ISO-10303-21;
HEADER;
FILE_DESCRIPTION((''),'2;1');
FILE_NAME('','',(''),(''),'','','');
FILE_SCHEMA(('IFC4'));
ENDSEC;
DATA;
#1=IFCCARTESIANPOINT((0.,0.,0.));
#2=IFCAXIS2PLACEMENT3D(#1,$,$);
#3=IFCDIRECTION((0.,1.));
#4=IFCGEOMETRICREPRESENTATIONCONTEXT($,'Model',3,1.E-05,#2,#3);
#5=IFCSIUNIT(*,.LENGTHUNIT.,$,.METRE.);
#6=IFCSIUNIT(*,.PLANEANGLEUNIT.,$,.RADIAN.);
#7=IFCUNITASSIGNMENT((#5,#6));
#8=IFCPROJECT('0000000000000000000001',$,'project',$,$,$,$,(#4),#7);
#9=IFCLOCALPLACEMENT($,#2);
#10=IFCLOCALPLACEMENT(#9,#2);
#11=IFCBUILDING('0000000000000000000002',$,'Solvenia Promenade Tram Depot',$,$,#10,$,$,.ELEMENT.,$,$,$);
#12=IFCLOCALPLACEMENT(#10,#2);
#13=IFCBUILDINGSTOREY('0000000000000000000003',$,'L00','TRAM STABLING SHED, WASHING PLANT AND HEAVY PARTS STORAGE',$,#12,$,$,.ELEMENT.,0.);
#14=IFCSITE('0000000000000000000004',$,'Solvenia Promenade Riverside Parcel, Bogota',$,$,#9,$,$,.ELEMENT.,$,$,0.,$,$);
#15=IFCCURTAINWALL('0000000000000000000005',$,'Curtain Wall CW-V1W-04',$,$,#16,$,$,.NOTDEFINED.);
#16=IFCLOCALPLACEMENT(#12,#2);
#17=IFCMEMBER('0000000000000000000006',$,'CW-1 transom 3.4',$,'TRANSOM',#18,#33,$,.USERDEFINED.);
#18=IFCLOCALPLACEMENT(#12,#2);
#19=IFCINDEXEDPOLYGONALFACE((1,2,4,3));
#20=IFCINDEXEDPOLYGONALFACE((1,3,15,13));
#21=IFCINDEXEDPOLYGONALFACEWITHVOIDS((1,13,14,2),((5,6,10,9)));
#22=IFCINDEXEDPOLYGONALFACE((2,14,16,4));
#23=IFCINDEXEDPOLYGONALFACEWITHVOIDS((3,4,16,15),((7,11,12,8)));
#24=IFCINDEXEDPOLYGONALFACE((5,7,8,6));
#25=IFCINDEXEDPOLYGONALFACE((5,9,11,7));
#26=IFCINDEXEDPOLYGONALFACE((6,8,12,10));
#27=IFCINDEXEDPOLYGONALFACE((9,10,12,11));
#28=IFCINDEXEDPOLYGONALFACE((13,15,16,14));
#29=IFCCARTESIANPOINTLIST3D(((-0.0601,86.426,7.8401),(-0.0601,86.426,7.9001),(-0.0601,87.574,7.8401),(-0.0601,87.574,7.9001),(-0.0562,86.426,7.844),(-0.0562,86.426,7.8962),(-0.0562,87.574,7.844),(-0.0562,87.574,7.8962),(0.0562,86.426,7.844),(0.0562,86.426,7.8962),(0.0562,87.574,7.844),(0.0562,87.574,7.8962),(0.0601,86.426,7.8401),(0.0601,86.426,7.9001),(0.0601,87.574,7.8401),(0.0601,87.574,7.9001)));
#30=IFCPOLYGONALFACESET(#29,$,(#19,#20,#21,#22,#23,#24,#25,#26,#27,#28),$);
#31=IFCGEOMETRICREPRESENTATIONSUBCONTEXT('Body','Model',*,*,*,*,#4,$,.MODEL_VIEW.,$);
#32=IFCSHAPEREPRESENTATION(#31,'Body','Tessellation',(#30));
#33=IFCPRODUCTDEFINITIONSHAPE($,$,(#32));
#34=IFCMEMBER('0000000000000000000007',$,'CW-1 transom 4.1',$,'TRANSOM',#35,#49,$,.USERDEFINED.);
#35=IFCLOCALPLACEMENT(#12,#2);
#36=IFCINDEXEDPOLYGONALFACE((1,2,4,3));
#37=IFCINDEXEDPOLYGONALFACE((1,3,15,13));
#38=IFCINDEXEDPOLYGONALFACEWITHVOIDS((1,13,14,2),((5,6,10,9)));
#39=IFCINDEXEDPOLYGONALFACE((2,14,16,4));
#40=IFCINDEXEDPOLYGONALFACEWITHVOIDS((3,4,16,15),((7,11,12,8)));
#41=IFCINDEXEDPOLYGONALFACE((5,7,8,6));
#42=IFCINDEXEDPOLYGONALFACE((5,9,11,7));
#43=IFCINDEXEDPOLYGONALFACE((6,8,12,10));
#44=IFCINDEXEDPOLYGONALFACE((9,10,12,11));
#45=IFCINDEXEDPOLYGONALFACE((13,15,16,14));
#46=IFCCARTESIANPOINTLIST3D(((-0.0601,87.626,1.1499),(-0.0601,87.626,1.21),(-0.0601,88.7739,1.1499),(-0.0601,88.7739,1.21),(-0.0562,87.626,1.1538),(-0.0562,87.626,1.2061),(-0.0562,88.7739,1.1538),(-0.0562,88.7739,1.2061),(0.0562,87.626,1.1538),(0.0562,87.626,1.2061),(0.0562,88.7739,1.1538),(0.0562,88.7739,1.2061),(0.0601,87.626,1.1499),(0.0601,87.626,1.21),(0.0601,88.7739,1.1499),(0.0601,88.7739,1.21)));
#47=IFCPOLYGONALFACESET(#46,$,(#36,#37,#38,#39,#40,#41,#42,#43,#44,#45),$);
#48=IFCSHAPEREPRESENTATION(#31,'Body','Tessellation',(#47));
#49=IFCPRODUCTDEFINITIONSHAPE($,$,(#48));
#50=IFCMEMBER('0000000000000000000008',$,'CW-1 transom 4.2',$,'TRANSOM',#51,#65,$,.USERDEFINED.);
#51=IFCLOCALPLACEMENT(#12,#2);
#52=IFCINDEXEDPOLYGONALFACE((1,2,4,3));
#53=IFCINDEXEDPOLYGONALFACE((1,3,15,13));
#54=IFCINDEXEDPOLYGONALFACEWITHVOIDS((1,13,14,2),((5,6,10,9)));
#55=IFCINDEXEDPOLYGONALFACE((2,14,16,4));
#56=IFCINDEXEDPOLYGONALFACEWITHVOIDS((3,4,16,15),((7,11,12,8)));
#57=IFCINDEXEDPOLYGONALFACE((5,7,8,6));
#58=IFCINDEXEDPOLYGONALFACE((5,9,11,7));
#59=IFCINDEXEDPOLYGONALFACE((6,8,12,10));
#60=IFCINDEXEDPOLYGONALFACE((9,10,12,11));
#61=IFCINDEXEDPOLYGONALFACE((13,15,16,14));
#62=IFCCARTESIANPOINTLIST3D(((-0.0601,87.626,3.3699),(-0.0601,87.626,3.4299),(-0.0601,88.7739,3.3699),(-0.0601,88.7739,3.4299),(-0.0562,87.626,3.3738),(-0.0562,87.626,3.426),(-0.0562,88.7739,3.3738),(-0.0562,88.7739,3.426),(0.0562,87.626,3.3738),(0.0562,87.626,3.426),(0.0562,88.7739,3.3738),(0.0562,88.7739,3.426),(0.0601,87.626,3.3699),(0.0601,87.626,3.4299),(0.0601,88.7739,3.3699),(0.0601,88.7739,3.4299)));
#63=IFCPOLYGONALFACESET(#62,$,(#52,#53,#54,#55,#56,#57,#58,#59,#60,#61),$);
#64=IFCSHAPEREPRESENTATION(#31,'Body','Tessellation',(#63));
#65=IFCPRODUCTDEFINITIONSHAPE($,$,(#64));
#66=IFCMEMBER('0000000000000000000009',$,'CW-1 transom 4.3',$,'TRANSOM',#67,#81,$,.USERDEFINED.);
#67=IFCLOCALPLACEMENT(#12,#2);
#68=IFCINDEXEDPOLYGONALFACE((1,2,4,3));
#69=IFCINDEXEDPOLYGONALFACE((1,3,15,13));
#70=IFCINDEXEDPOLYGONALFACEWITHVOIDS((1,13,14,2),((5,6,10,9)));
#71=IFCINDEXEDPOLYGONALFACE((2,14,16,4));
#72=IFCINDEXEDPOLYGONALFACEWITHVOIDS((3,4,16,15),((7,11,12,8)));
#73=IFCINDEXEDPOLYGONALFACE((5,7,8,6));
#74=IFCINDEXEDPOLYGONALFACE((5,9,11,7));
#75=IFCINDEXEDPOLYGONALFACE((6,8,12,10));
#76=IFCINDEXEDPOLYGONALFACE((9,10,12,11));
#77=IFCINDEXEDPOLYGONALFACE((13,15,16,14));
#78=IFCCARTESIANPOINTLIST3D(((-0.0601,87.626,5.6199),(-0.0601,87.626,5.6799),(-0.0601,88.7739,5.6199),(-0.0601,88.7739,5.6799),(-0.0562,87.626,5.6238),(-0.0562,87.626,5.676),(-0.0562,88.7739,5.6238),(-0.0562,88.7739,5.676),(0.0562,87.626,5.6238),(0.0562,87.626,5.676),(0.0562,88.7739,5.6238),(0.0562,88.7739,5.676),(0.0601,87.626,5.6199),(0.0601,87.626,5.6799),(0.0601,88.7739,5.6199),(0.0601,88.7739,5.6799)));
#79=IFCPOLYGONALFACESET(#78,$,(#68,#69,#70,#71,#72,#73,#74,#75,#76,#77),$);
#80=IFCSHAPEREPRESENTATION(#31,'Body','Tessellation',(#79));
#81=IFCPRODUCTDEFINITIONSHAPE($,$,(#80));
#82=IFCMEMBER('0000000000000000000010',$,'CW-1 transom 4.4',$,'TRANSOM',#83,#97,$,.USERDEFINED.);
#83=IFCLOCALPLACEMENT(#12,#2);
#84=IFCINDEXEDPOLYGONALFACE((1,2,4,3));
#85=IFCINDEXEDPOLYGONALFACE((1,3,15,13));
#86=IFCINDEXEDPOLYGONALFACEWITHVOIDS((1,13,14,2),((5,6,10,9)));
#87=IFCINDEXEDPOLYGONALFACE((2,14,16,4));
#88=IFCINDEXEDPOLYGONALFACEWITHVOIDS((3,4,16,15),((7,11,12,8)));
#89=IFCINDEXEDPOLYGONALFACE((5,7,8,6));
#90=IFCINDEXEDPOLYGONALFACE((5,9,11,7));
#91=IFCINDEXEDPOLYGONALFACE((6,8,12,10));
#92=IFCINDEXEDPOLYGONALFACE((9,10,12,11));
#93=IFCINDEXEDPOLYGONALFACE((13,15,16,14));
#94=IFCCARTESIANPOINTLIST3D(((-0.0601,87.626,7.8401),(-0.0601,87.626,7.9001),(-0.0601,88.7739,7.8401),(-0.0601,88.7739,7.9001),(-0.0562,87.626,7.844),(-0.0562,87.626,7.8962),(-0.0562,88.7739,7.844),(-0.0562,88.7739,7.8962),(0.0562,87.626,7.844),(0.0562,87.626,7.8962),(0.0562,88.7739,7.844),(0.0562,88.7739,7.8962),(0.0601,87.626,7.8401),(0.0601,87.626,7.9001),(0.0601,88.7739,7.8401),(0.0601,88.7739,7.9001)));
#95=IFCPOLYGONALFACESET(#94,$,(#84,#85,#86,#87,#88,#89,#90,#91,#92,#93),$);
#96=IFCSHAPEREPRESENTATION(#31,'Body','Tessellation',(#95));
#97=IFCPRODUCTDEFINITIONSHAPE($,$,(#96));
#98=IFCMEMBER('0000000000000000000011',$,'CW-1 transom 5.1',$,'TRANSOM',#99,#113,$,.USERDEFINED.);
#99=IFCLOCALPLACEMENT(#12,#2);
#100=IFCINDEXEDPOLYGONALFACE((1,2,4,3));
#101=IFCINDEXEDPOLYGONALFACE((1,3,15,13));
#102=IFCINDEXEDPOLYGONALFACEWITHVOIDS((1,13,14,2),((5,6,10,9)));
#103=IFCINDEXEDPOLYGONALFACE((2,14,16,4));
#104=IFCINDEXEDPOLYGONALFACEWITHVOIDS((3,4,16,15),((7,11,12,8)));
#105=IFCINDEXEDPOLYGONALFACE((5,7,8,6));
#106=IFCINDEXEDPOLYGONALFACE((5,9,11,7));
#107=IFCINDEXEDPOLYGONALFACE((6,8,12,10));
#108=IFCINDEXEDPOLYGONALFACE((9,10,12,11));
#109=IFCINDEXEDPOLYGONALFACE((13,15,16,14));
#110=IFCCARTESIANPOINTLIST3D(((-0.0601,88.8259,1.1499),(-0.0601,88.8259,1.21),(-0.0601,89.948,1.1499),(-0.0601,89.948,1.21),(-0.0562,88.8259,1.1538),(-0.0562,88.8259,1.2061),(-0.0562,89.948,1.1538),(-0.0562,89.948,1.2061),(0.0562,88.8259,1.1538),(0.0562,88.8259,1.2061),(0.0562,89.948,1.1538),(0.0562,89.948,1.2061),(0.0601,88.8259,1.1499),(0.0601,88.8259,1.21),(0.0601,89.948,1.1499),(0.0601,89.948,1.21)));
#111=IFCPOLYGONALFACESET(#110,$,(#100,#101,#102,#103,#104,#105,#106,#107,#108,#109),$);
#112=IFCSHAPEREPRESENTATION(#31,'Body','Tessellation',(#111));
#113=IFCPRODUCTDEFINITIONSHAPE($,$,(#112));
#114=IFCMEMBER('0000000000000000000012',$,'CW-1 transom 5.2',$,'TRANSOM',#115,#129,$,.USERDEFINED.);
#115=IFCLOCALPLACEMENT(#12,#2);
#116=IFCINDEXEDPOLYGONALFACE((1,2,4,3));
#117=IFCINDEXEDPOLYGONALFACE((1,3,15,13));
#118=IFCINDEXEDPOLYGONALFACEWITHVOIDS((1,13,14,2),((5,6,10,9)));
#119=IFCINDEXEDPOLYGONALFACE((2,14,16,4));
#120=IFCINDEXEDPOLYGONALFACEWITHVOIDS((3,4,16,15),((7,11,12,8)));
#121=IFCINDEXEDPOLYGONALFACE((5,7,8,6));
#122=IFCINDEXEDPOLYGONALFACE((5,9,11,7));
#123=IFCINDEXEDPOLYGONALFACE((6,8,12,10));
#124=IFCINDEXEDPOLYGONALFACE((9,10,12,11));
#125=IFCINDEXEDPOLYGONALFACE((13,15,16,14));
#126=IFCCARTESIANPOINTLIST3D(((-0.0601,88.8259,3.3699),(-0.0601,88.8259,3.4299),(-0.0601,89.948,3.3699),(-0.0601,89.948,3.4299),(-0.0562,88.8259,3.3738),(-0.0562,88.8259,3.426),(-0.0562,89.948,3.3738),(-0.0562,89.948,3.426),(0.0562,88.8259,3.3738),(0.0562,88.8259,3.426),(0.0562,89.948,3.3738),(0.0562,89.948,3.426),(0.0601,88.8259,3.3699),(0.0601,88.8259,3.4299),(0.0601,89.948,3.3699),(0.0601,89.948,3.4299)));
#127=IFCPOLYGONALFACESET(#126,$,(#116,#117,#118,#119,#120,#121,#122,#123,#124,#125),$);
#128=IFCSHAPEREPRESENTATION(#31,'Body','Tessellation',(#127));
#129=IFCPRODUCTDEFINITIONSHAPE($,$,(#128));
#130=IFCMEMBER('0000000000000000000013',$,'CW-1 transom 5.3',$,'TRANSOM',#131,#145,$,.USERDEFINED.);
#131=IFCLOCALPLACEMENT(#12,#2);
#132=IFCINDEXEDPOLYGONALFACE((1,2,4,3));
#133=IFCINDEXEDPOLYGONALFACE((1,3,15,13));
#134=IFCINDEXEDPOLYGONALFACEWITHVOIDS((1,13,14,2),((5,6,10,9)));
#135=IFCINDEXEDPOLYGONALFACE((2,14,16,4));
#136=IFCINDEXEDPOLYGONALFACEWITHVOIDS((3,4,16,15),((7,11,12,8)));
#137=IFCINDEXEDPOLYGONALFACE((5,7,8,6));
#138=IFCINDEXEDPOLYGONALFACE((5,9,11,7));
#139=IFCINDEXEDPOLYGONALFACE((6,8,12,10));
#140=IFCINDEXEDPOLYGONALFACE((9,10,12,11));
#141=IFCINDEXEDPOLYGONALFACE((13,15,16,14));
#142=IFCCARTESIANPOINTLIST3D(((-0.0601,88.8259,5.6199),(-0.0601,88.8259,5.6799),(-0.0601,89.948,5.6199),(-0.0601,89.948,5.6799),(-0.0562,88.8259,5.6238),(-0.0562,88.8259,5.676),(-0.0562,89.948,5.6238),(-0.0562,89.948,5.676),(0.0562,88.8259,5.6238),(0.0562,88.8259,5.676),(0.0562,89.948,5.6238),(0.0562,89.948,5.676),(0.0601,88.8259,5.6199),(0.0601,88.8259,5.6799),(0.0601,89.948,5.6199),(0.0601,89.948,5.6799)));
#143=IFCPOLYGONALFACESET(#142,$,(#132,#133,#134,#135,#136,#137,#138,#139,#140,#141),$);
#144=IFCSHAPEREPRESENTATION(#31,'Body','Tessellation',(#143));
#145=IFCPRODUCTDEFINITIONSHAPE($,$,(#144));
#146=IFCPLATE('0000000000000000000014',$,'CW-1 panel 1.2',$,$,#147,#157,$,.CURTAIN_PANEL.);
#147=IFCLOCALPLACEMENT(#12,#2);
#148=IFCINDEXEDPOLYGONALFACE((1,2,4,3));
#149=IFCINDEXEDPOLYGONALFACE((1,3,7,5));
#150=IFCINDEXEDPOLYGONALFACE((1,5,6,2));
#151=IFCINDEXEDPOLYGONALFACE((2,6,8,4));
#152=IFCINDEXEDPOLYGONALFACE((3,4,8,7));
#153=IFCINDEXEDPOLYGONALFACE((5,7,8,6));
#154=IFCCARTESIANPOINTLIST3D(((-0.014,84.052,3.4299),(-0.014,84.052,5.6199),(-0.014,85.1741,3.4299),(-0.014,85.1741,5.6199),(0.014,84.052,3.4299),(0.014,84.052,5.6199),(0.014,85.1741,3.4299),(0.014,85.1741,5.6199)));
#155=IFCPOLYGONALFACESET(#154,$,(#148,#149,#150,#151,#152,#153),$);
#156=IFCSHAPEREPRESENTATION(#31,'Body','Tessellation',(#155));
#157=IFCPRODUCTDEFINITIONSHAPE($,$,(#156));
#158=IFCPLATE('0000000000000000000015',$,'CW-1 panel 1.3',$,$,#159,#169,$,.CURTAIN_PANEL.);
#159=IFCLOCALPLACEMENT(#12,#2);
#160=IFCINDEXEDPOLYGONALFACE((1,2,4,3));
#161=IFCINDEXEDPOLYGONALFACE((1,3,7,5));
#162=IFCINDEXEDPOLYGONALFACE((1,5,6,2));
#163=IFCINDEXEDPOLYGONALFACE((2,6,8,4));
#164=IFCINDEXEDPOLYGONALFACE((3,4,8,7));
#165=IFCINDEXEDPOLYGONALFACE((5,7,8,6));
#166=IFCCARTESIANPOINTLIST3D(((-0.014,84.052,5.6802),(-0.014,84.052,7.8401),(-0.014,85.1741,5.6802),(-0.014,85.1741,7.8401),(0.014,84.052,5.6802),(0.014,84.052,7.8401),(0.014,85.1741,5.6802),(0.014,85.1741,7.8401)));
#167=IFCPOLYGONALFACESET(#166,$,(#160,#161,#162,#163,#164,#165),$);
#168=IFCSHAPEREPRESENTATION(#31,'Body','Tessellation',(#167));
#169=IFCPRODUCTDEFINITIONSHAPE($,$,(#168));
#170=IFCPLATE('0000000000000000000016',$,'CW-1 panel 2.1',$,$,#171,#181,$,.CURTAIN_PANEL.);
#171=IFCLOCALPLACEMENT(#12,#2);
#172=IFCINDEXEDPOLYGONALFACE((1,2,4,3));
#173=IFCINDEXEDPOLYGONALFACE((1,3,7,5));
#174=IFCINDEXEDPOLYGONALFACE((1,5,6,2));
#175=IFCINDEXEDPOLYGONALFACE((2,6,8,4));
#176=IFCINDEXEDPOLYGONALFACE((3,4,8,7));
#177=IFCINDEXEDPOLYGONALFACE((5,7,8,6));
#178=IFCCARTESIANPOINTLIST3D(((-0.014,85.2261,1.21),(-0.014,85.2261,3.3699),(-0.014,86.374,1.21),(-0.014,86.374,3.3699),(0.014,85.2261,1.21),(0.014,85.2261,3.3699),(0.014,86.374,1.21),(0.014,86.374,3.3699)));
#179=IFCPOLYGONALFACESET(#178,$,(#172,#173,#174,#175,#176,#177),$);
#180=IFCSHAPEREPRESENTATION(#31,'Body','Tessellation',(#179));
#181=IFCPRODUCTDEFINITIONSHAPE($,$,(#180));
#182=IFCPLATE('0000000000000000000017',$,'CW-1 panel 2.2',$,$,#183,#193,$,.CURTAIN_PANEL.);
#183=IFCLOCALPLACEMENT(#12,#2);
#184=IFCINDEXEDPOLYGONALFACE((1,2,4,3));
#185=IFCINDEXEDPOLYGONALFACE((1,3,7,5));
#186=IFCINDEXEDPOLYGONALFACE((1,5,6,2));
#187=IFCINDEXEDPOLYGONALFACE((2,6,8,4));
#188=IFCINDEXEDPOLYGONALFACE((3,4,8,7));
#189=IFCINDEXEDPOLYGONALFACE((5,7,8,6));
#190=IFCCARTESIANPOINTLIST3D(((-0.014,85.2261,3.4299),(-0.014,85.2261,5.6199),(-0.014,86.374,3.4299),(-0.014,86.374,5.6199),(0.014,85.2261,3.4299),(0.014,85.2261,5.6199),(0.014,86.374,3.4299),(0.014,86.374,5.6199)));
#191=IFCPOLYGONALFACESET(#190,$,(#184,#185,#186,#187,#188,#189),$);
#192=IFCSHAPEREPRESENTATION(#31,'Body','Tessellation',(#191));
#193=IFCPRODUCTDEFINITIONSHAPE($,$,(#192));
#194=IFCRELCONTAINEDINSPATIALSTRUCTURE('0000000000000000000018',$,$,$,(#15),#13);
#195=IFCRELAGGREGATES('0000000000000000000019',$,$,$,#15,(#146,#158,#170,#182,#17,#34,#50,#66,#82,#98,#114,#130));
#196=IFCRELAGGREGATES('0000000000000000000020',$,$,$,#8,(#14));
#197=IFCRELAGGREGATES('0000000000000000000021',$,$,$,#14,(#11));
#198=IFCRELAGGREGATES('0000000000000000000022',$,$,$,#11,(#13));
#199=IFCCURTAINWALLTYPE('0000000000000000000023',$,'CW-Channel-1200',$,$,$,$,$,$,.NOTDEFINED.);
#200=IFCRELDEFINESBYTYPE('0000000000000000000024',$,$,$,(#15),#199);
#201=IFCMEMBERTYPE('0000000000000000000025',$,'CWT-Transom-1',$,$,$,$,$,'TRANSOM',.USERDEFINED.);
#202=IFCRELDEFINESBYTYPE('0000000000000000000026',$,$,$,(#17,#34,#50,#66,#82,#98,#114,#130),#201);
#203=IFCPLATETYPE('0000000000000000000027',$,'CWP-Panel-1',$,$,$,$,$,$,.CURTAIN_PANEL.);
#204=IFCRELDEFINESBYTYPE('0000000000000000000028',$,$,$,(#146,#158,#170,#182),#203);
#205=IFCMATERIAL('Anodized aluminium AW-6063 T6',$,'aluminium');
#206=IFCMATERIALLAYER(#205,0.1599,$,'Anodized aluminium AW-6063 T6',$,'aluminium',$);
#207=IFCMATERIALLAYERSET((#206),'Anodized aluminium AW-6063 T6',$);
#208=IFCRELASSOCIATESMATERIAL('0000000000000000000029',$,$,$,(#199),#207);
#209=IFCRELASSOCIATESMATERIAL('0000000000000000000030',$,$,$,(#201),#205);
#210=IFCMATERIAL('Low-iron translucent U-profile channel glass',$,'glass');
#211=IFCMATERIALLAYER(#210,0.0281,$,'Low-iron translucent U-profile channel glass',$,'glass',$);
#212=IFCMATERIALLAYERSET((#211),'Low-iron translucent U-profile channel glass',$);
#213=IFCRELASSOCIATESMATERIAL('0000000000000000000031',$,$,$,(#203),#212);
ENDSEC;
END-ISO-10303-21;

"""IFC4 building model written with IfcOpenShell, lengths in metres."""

from ifc_helpers import new_model, si_unit, direction, frame, origin, origin_2d, place, context, subcontext, project, spatial, rectangle, hollow_rectangle, extrude, material, layer, layer_set, material_profile, profile_set, type_object, element, aggregate, save


model = new_model("IFC4")

# Units and contexts
model_context = context("Model", 3, precision=1e-05, world=origin(), true_north=direction((0.0, 1.0)))
body_context = subcontext(model_context, "Body", "Model", "MODEL_VIEW")
ifc_project = project(units=[si_unit("LENGTHUNIT", "METRE"), si_unit("PLANEANGLEUNIT", "RADIAN")], contexts=[model_context])

# Site, building, storey
site_placement = place(None, origin())
site = spatial("IfcSite", under=ifc_project, at=site_placement, Name="Solvenia Promenade Riverside Parcel, Bogota", CompositionType="ELEMENT", RefElevation=0.0)
building_placement = place(site_placement, origin())
building = spatial("IfcBuilding", under=site, at=building_placement, Name="Solvenia Promenade Tram Depot", CompositionType="ELEMENT")
storey_placement = place(building_placement, origin())
storey = spatial("IfcBuildingStorey", under=building, at=storey_placement, Name="L00", Description="TRAM STABLING SHED, WASHING PLANT AND HEAVY PARTS STORAGE", CompositionType="ELEMENT", Elevation=0.0)

# Curtain wall, members, plates
ifc_material_1 = material(Name="Anodized aluminium AW-6063 T6", Category="aluminium")
ifc_layer_1 = layer(ifc_material_1, 0.1599, Name="Anodized aluminium AW-6063 T6", Category="aluminium")
ifc_layer_set_1 = layer_set([ifc_layer_1], Name="Anodized aluminium AW-6063 T6")
curtain_wall_type = type_object("IfcCurtainWallType", Name="CW-Channel-1200", PredefinedType="NOTDEFINED", material=ifc_layer_set_1)
curtain_wall_placement = place(storey_placement, origin())
curtain_wall = element("IfcCurtainWall", 1, at=curtain_wall_placement, inside=storey, type_object=curtain_wall_type, Name="Curtain Wall CW-V1W-04", PredefinedType="NOTDEFINED")
ifc_material_profile_1 = material_profile(ifc_material_1, hollow_rectangle(XDim=0.1201, YDim=0.0601, WallThickness=0.0039, at=origin_2d()), Name="ALU-T1", Category="aluminium")
ifc_profile_set_1 = profile_set([ifc_material_profile_1], Name="Anodized aluminium AW-6063 T6")
member_type_1 = type_object("IfcMemberType", Name="CWT-Transom-1", ElementType="TRANSOM", PredefinedType="USERDEFINED", material=ifc_profile_set_1)
member_1_placement = place(storey_placement, frame((0.0, 86.426, 7.8701), z_axis=(0.0, 1.0, 0.0), x_axis=(-1.0, 0.0, 0.0)))
member_1 = element("IfcMember", 2, at=member_1_placement, type_object=member_type_1, Name="CW-1 transom 3.4", ObjectType="TRANSOM", PredefinedType="USERDEFINED", context=body_context, shape_type="SweptSolid", body=[
    extrude(hollow_rectangle(XDim=0.1201, YDim=0.0601, WallThickness=0.0039, at=origin_2d()), origin(), (0.0, 0.0, 1.0), 1.1479),
])
member_2_placement = place(storey_placement, frame((0.0, 87.626, 1.1799), z_axis=(0.0, 1.0, 0.0), x_axis=(-1.0, 0.0, 0.0)))
member_2 = element("IfcMember", 3, at=member_2_placement, type_object=member_type_1, Name="CW-1 transom 4.1", ObjectType="TRANSOM", PredefinedType="USERDEFINED", context=body_context, shape_type="SweptSolid", body=[
    extrude(hollow_rectangle(XDim=0.1201, YDim=0.0601, WallThickness=0.0039, at=origin_2d()), origin(), (0.0, 0.0, 1.0), 1.1479),
])
member_3_placement = place(storey_placement, frame((0.0, 87.626, 3.3999), z_axis=(0.0, 1.0, 0.0), x_axis=(-1.0, 0.0, 0.0)))
member_3 = element("IfcMember", 4, at=member_3_placement, type_object=member_type_1, Name="CW-1 transom 4.2", ObjectType="TRANSOM", PredefinedType="USERDEFINED", context=body_context, shape_type="SweptSolid", body=[
    extrude(hollow_rectangle(XDim=0.1201, YDim=0.0601, WallThickness=0.0039, at=origin_2d()), origin(), (0.0, 0.0, 1.0), 1.1479),
])
member_4_placement = place(storey_placement, frame((0.0, 87.626, 5.6499), z_axis=(0.0, 1.0, 0.0), x_axis=(-1.0, 0.0, 0.0)))
member_4 = element("IfcMember", 5, at=member_4_placement, type_object=member_type_1, Name="CW-1 transom 4.3", ObjectType="TRANSOM", PredefinedType="USERDEFINED", context=body_context, shape_type="SweptSolid", body=[
    extrude(hollow_rectangle(XDim=0.1201, YDim=0.0601, WallThickness=0.0039, at=origin_2d()), origin(), (0.0, 0.0, 1.0), 1.1479),
])
member_5_placement = place(storey_placement, frame((0.0, 87.626, 7.8701), z_axis=(0.0, 1.0, 0.0), x_axis=(-1.0, 0.0, 0.0)))
member_5 = element("IfcMember", 6, at=member_5_placement, type_object=member_type_1, Name="CW-1 transom 4.4", ObjectType="TRANSOM", PredefinedType="USERDEFINED", context=body_context, shape_type="SweptSolid", body=[
    extrude(hollow_rectangle(XDim=0.1201, YDim=0.0601, WallThickness=0.0039, at=origin_2d()), origin(), (0.0, 0.0, 1.0), 1.1479),
])
member_6_placement = place(storey_placement, frame((0.0, 88.8259, 1.1799), z_axis=(0.0, 1.0, 0.0), x_axis=(-1.0, 0.0, 0.0)))
member_6 = element("IfcMember", 7, at=member_6_placement, type_object=member_type_1, Name="CW-1 transom 5.1", ObjectType="TRANSOM", PredefinedType="USERDEFINED", context=body_context, shape_type="SweptSolid", body=[
    extrude(hollow_rectangle(XDim=0.1201, YDim=0.0601, WallThickness=0.0039, at=origin_2d()), origin(), (0.0, 0.0, 1.0), 1.1221),
])
member_7_placement = place(storey_placement, frame((0.0, 88.8259, 3.3999), z_axis=(0.0, 1.0, 0.0), x_axis=(-1.0, 0.0, 0.0)))
member_7 = element("IfcMember", 8, at=member_7_placement, type_object=member_type_1, Name="CW-1 transom 5.2", ObjectType="TRANSOM", PredefinedType="USERDEFINED", context=body_context, shape_type="SweptSolid", body=[
    extrude(hollow_rectangle(XDim=0.1201, YDim=0.0601, WallThickness=0.0039, at=origin_2d()), origin(), (0.0, 0.0, 1.0), 1.1221),
])
member_8_placement = place(storey_placement, frame((0.0, 88.8259, 5.6499), z_axis=(0.0, 1.0, 0.0), x_axis=(-1.0, 0.0, 0.0)))
member_8 = element("IfcMember", 9, at=member_8_placement, type_object=member_type_1, Name="CW-1 transom 5.3", ObjectType="TRANSOM", PredefinedType="USERDEFINED", context=body_context, shape_type="SweptSolid", body=[
    extrude(hollow_rectangle(XDim=0.1201, YDim=0.0601, WallThickness=0.0039, at=origin_2d()), origin(), (0.0, 0.0, 1.0), 1.1221),
])
ifc_material_2 = material(Name="Low-iron translucent U-profile channel glass", Category="glass")
ifc_layer_2 = layer(ifc_material_2, 0.0281, Name="Low-iron translucent U-profile channel glass", Category="glass")
ifc_layer_set_2 = layer_set([ifc_layer_2], Name="Low-iron translucent U-profile channel glass")
plate_type = type_object("IfcPlateType", Name="CWP-Panel-1", PredefinedType="CURTAIN_PANEL", material=ifc_layer_set_2)
plate_1_placement = place(storey_placement, frame((0.0, 84.613, 3.4299), z_axis=(0.0, 0.0, 1.0), x_axis=(0.0, 1.0, 0.0)))
plate_1 = element("IfcPlate", 10, at=plate_1_placement, type_object=plate_type, Name="CW-1 panel 1.2", PredefinedType="CURTAIN_PANEL", context=body_context, shape_type="SweptSolid", body=[
    extrude(rectangle(XDim=1.1221, YDim=0.0281, at=origin_2d()), origin(), (0.0, 0.0, 1.0), 2.1899),
])
plate_2_placement = place(storey_placement, frame((0.0, 84.613, 5.6802), z_axis=(0.0, 0.0, 1.0), x_axis=(0.0, 1.0, 0.0)))
plate_2 = element("IfcPlate", 11, at=plate_2_placement, type_object=plate_type, Name="CW-1 panel 1.3", PredefinedType="CURTAIN_PANEL", context=body_context, shape_type="SweptSolid", body=[
    extrude(rectangle(XDim=1.1221, YDim=0.0281, at=origin_2d()), origin(), (0.0, 0.0, 1.0), 2.1599),
])
plate_3_placement = place(storey_placement, frame((0.0, 85.8, 1.21), z_axis=(0.0, 0.0, 1.0), x_axis=(0.0, 1.0, 0.0)))
plate_3 = element("IfcPlate", 12, at=plate_3_placement, type_object=plate_type, Name="CW-1 panel 2.1", PredefinedType="CURTAIN_PANEL", context=body_context, shape_type="SweptSolid", body=[
    extrude(rectangle(XDim=1.1479, YDim=0.0281, at=origin_2d()), origin(), (0.0, 0.0, 1.0), 2.1599),
])
plate_4_placement = place(storey_placement, frame((0.0, 85.8, 3.4299), z_axis=(0.0, 0.0, 1.0), x_axis=(0.0, 1.0, 0.0)))
plate_4 = element("IfcPlate", 13, at=plate_4_placement, type_object=plate_type, Name="CW-1 panel 2.2", PredefinedType="CURTAIN_PANEL", context=body_context, shape_type="SweptSolid", body=[
    extrude(rectangle(XDim=1.1479, YDim=0.0281, at=origin_2d()), origin(), (0.0, 0.0, 1.0), 2.1899),
])
aggregate(curtain_wall, [plate_1, plate_2, plate_3, plate_4, member_1, member_2, member_3, member_4, member_5, member_6, member_7, member_8])

save(model, "model.ifc")
